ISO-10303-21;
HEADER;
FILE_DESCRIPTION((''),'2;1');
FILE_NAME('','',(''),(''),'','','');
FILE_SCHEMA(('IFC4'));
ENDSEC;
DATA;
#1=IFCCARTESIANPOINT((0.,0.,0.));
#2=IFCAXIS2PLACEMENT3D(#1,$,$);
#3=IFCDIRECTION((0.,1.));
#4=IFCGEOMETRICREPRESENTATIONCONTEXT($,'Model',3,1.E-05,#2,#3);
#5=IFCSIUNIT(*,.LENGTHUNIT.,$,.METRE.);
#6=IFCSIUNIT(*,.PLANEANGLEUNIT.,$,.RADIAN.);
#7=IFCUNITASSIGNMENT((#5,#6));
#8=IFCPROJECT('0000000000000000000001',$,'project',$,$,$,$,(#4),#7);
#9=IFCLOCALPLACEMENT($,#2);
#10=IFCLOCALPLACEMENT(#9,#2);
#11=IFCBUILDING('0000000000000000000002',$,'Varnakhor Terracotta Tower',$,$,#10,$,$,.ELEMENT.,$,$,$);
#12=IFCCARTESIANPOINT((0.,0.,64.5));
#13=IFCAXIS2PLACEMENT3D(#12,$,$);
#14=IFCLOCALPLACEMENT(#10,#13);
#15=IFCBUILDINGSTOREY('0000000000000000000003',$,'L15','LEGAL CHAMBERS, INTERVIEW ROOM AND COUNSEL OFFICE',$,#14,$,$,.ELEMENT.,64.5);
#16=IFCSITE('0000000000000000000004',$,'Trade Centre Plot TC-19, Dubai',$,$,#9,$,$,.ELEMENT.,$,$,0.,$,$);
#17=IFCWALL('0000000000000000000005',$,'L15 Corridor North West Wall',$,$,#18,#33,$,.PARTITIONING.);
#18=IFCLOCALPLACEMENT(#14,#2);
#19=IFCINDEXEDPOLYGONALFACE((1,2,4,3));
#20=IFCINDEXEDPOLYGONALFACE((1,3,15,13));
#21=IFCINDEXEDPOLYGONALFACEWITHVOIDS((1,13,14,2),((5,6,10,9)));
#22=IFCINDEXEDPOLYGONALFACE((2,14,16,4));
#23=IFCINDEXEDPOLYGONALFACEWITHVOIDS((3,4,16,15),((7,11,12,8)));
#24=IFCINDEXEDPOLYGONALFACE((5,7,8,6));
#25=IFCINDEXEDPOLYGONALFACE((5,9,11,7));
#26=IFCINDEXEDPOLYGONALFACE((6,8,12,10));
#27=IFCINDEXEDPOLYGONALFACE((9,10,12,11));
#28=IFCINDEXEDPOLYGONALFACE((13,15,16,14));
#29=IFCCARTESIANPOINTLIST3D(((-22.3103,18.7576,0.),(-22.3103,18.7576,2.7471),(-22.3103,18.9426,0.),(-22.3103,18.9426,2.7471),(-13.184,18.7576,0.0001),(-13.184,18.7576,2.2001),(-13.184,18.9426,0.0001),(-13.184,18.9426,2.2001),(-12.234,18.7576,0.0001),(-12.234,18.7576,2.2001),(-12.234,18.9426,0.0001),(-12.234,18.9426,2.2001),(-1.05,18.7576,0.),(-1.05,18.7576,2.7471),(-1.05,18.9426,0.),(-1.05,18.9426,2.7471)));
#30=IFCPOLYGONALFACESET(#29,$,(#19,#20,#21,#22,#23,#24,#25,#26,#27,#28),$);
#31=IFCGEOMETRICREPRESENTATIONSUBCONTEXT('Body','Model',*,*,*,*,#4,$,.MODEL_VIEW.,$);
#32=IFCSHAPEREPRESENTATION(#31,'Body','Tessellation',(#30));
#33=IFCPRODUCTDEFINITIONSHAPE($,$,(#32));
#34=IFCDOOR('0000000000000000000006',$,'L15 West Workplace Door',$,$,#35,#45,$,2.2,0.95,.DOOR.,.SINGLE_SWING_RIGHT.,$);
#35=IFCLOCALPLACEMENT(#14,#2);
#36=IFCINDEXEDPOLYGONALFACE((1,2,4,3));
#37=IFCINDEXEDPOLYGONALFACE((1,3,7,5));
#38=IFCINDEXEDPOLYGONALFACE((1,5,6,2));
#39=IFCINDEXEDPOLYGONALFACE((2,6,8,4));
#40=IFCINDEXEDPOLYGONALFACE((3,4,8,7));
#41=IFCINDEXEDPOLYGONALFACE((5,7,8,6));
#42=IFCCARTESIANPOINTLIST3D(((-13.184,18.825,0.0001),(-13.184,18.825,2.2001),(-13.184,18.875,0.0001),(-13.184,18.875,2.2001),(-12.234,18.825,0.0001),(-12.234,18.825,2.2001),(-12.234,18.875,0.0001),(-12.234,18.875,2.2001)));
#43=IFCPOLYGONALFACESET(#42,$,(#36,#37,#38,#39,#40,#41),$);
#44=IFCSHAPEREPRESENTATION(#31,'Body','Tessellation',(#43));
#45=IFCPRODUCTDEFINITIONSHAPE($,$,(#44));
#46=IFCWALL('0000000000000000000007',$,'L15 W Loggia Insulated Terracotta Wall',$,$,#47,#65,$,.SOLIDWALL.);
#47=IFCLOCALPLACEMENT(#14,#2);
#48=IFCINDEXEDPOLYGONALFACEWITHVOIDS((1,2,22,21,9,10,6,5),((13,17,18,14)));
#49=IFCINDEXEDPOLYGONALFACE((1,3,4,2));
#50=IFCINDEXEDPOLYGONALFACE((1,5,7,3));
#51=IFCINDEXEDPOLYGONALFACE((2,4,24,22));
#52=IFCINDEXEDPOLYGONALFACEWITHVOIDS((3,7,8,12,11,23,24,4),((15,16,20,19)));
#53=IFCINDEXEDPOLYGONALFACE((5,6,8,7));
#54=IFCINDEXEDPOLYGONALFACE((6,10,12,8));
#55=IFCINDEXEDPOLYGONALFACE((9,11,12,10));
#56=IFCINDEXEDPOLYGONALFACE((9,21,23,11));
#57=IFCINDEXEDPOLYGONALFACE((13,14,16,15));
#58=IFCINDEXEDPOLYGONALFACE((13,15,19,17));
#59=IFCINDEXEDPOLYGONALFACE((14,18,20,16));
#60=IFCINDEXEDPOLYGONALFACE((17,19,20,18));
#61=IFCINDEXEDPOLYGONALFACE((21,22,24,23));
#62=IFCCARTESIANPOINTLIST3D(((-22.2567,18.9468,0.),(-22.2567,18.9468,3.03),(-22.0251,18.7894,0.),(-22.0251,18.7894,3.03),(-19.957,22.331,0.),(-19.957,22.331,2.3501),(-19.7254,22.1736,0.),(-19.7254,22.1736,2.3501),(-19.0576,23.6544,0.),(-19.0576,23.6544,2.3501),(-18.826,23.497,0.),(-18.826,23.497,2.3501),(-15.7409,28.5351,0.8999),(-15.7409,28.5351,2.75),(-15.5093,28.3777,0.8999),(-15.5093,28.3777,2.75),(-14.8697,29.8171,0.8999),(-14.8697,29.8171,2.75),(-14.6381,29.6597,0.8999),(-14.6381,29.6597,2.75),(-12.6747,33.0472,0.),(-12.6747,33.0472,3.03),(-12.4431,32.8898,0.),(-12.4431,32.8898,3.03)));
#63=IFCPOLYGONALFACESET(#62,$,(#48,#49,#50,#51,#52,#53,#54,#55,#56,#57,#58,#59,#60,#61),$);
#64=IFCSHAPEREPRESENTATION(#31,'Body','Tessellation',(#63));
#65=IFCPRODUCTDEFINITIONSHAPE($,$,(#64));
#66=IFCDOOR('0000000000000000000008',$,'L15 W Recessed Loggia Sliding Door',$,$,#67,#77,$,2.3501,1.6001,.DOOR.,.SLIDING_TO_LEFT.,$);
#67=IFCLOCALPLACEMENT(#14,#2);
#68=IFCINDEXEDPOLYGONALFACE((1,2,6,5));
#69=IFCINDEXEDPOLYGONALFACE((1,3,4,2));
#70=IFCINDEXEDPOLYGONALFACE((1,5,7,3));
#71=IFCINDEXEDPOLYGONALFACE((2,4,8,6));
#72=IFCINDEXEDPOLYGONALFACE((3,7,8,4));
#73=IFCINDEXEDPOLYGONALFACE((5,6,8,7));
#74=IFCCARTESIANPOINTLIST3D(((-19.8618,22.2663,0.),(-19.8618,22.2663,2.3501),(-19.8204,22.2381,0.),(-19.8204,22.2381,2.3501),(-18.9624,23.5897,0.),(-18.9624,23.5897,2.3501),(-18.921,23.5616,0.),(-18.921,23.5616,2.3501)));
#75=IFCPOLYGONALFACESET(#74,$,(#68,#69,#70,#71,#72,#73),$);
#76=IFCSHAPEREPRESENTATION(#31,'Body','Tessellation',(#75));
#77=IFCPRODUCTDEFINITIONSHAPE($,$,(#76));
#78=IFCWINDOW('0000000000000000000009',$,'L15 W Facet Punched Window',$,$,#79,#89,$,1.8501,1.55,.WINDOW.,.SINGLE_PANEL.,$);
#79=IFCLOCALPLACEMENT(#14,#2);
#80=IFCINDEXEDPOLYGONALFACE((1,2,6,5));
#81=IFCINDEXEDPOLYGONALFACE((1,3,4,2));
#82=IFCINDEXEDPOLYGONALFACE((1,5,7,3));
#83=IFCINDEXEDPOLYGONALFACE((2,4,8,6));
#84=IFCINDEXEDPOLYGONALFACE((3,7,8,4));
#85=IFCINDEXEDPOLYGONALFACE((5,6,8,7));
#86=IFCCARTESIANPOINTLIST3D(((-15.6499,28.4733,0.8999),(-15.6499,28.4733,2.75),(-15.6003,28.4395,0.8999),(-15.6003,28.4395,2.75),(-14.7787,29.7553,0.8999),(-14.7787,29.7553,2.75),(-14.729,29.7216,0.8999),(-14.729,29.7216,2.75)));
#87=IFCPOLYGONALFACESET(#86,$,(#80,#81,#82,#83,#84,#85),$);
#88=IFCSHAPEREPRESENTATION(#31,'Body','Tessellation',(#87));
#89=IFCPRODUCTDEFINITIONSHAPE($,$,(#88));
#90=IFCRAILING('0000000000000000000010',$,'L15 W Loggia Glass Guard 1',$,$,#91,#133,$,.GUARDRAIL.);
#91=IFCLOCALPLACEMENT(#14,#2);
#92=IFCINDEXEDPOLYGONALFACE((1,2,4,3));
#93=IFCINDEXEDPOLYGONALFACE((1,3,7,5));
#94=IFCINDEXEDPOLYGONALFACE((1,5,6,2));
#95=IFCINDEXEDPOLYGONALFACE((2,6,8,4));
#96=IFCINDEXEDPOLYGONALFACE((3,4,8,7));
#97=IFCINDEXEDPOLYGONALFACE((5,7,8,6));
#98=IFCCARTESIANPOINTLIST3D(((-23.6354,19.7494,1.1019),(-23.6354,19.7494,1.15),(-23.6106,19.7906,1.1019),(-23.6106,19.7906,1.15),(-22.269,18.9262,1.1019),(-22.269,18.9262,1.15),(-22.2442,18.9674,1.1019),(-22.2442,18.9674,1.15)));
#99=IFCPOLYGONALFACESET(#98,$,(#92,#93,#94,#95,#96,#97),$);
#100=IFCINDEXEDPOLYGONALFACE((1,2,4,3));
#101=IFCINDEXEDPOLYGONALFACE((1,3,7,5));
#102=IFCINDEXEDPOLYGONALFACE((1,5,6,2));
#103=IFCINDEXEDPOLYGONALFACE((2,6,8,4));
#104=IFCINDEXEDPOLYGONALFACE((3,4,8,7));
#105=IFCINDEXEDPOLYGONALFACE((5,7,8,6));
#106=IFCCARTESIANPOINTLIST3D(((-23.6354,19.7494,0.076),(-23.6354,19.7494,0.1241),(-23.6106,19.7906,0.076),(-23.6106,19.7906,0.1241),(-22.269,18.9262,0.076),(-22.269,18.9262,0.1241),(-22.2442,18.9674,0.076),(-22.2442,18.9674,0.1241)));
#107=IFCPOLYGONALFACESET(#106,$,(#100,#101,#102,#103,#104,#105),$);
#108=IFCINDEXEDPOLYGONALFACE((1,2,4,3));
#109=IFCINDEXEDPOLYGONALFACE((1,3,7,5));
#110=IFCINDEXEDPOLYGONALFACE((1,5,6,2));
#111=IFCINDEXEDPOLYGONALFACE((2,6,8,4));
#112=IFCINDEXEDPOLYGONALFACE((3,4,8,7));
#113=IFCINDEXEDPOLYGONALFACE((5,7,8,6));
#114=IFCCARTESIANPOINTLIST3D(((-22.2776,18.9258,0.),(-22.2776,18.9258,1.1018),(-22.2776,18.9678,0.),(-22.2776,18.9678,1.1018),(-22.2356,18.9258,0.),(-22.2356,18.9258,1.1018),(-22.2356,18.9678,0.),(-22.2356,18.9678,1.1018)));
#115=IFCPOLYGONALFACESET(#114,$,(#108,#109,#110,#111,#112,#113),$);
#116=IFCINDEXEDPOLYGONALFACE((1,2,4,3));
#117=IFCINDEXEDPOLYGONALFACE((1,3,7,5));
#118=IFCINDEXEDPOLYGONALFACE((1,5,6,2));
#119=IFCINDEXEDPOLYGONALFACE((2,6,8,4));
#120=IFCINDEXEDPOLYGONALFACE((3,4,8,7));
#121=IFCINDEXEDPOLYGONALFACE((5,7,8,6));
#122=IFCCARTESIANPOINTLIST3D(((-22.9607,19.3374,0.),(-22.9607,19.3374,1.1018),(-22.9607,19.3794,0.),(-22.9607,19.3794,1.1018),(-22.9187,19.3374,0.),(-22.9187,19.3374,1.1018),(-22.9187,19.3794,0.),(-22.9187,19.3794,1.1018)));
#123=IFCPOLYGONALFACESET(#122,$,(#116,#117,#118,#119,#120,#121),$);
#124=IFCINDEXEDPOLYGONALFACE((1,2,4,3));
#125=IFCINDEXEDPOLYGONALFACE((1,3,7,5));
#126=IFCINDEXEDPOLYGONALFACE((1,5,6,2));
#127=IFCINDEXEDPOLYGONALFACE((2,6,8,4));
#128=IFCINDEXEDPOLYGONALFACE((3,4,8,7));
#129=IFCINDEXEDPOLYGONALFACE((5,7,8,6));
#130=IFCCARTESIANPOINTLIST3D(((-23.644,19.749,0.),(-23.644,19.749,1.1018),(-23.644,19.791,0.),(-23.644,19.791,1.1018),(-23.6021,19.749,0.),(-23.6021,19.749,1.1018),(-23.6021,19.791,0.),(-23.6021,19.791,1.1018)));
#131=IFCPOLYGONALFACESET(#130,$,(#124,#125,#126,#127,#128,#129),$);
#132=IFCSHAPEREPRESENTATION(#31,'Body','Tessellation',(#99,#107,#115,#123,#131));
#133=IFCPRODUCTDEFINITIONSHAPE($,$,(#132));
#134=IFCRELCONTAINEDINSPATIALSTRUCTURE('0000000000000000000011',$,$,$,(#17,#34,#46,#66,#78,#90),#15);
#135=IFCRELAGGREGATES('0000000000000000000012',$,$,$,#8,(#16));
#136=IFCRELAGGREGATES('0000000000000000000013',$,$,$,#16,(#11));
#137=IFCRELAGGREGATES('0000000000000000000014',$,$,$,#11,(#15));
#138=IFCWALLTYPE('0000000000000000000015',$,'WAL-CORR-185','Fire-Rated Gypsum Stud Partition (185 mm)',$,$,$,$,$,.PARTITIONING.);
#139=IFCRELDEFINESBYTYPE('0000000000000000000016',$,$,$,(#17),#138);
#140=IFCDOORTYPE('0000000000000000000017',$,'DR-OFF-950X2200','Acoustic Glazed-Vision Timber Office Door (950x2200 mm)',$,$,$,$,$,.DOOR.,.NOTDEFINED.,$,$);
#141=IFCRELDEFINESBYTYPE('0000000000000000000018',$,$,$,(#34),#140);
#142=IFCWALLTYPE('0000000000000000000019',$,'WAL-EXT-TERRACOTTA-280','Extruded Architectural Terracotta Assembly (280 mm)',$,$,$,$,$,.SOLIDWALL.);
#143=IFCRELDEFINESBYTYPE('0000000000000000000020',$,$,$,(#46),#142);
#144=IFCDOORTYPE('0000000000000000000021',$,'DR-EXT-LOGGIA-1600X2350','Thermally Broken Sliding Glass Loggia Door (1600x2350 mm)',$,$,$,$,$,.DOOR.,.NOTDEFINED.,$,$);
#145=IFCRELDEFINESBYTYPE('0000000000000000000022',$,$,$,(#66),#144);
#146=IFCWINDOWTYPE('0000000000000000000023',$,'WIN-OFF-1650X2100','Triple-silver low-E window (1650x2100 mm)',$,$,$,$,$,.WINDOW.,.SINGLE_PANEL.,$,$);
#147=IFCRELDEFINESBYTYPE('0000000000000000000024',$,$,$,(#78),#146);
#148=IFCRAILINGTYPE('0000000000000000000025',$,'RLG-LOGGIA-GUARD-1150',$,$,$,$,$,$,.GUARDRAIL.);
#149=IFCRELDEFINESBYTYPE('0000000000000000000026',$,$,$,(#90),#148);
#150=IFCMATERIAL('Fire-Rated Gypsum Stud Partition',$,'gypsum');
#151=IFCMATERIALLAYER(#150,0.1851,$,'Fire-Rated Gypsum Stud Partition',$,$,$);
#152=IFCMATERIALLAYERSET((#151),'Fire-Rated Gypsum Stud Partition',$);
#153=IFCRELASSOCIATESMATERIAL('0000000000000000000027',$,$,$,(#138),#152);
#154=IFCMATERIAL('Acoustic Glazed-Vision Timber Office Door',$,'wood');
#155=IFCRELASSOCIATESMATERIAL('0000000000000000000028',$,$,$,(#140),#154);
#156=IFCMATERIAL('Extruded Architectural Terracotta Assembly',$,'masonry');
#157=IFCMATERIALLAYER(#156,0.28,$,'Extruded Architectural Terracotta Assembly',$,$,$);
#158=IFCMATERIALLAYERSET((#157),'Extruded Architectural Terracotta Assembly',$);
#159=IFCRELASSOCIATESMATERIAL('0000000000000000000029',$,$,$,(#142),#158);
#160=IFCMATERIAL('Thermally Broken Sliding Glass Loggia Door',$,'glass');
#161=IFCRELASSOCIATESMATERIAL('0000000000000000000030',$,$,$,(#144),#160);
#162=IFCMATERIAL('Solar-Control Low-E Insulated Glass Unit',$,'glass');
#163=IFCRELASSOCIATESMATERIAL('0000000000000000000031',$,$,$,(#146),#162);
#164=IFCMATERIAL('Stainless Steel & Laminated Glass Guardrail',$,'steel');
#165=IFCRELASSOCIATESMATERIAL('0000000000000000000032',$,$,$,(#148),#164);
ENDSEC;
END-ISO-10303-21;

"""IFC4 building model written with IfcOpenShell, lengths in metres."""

from ifc_helpers import new_model, si_unit, direction, frame, frame_2d, origin, origin_2d, place, context, subcontext, project, spatial, rectangle, extrude, source, transform, mapped, material, layer, layer_set, type_object, type_shapes, element, fill, save


model = new_model("IFC4")

# Units and contexts
model_context = context("Model", 3, precision=1e-05, world=origin(), true_north=direction((0.0, 1.0)))
body_context = subcontext(model_context, "Body", "Model", "MODEL_VIEW")
ifc_project = project(units=[si_unit("LENGTHUNIT", "METRE"), si_unit("PLANEANGLEUNIT", "RADIAN")], contexts=[model_context])

# Site, building, storey
site_placement = place(None, origin())
site = spatial("IfcSite", under=ifc_project, at=site_placement, Name="Trade Centre Plot TC-19, Dubai", CompositionType="ELEMENT", RefElevation=0.0)
building_placement = place(site_placement, origin())
building = spatial("IfcBuilding", under=site, at=building_placement, Name="Varnakhor Terracotta Tower", CompositionType="ELEMENT")
storey_placement = place(building_placement, frame((0.0, 0.0, 64.5)))
storey = spatial("IfcBuildingStorey", under=building, at=storey_placement, Name="L15", Description="LEGAL CHAMBERS, INTERVIEW ROOM AND COUNSEL OFFICE", CompositionType="ELEMENT", Elevation=64.5)

# Wall, opening, door
ifc_material_1 = material(Name="Fire-Rated Gypsum Stud Partition", Category="gypsum")
ifc_layer_1 = layer(ifc_material_1, 0.1851, Name="Fire-Rated Gypsum Stud Partition")
ifc_layer_set_1 = layer_set([ifc_layer_1], Name="Fire-Rated Gypsum Stud Partition")
wall_type_1 = type_object("IfcWallType", Name="WAL-CORR-185", Description="Fire-Rated Gypsum Stud Partition (185 mm)", PredefinedType="PARTITIONING", material=ifc_layer_set_1)
ifc_material_2 = material(Name="Acoustic Glazed-Vision Timber Office Door", Category="wood")
door_type_1 = type_object("IfcDoorType", Name="DR-OFF-950X2200", Description="Acoustic Glazed-Vision Timber Office Door (950x2200 mm)", OperationType="NOTDEFINED", PredefinedType="DOOR", material=ifc_material_2)
shared_shape_1 = source(origin(), body_context, "Body", "SweptSolid", [
    extrude(rectangle(XDim=0.95, YDim=2.2, at=frame_2d((0.4751, 1.1001))), frame((0.0, 0.0249, 0.0), z_axis=(0.0, -1.0, 0.0), x_axis=(1.0, 0.0, 0.0)), (0.0, 0.0, 1.0), 0.05),
])
type_shapes(door_type_1, [shared_shape_1])
wall_1_placement = place(storey_placement, frame((-22.3103, 18.8501, 0.0), z_axis=(0.0, 0.0, 1.0), x_axis=(1.0, 0.0, 0.0)))
wall_1 = element("IfcWall", 1, at=wall_1_placement, inside=storey, type_object=wall_type_1, Name="L15 Corridor North West Wall", PredefinedType="PARTITIONING", context=body_context, shape_type="SweptSolid", body=[
    extrude(rectangle(XDim=21.2603, YDim=0.1851, at=frame_2d((10.6301, 0.0))), origin(), (0.0, 0.0, 1.0), 2.7471),
])
opening_1_placement = place(wall_1_placement, frame((9.1262, 0.0, 0.0)))
opening_1 = element("IfcOpeningElement", 2, at=opening_1_placement, cuts=wall_1, PredefinedType="OPENING", context=body_context, shape_type="SweptSolid", body=[
    extrude(rectangle(XDim=0.95, YDim=2.2, at=frame_2d((0.4751, 1.1001))), frame((0.0, 0.1025, 0.0), z_axis=(0.0, -1.0, 0.0), x_axis=(1.0, 0.0, 0.0)), (0.0, 0.0, 1.0), 0.2051),
])
door_1_placement = place(opening_1_placement, origin())
door_1 = element("IfcDoor", 3, at=door_1_placement, inside=storey, type_object=door_type_1, Name="L15 West Workplace Door", OperationType="SINGLE_SWING_RIGHT", OverallHeight=2.2, OverallWidth=0.95, PredefinedType="DOOR", context=body_context, shape_type="MappedRepresentation", body=[
    mapped(shared_shape_1, transform((0.0, 0.0, 0.0), scale=1.0)),
])
fill(opening_1, door_1)

# Wall, openings, door, window
ifc_material_3 = material(Name="Extruded Architectural Terracotta Assembly", Category="masonry")
ifc_layer_2 = layer(ifc_material_3, 0.28, Name="Extruded Architectural Terracotta Assembly")
ifc_layer_set_2 = layer_set([ifc_layer_2], Name="Extruded Architectural Terracotta Assembly")
wall_type_2 = type_object("IfcWallType", Name="WAL-EXT-TERRACOTTA-280", Description="Extruded Architectural Terracotta Assembly (280 mm)", PredefinedType="SOLIDWALL", material=ifc_layer_set_2)
wall_2_placement = place(storey_placement, frame((-22.1409, 18.8682, 0.0), z_axis=(0.0, 0.0, 1.0), x_axis=(0.562061, 0.827096, 0.0)))
wall_2 = element("IfcWall", 4, at=wall_2_placement, inside=storey, type_object=wall_type_2, Name="L15 W Loggia Insulated Terracotta Wall", PredefinedType="SOLIDWALL", context=body_context, shape_type="SweptSolid", body=[
    extrude(rectangle(XDim=17.0481, YDim=0.28, at=frame_2d((8.5239, 0.0))), origin(), (0.0, 0.0, 1.0), 3.03),
])
opening_2_placement = place(wall_2_placement, frame((4.0916, 0.0, 0.0)))
opening_2 = element("IfcOpeningElement", 5, at=opening_2_placement, cuts=wall_2, PredefinedType="OPENING", context=body_context, shape_type="SweptSolid", body=[
    extrude(rectangle(XDim=1.6001, YDim=2.3501, at=frame_2d((0.8, 1.175))), frame((0.0, 0.1499, 0.0), z_axis=(0.0, -1.0, 0.0), x_axis=(1.0, 0.0, 0.0)), (0.0, 0.0, 1.0), 0.3),
])
opening_3_placement = place(wall_2_placement, frame((11.5928, 0.0, 0.8999)))
opening_3 = element("IfcOpeningElement", 6, at=opening_3_placement, cuts=wall_2, PredefinedType="OPENING", context=body_context, shape_type="SweptSolid", body=[
    extrude(rectangle(XDim=1.55, YDim=1.8501, at=frame_2d((0.7749, 0.925))), frame((0.0, 0.1499, 0.0), z_axis=(0.0, -1.0, 0.0), x_axis=(1.0, 0.0, 0.0)), (0.0, 0.0, 1.0), 0.3),
])
ifc_material_4 = material(Name="Thermally Broken Sliding Glass Loggia Door", Category="glass")
door_type_2 = type_object("IfcDoorType", Name="DR-EXT-LOGGIA-1600X2350", Description="Thermally Broken Sliding Glass Loggia Door (1600x2350 mm)", OperationType="NOTDEFINED", PredefinedType="DOOR", material=ifc_material_4)
shared_shape_2 = source(origin(), body_context, "Body", "SweptSolid", [
    extrude(rectangle(XDim=1.6001, YDim=2.3501, at=frame_2d((0.8, 1.175))), frame((0.0, 0.0249, 0.0), z_axis=(0.0, -1.0, 0.0), x_axis=(1.0, 0.0, 0.0)), (0.0, 0.0, 1.0), 0.05),
])
type_shapes(door_type_2, [shared_shape_2])
door_2_placement = place(opening_2_placement, origin())
door_2 = element("IfcDoor", 7, at=door_2_placement, inside=storey, type_object=door_type_2, Name="L15 W Recessed Loggia Sliding Door", OperationType="SLIDING_TO_LEFT", OverallHeight=2.3501, OverallWidth=1.6001, PredefinedType="DOOR", context=body_context, shape_type="MappedRepresentation", body=[
    mapped(shared_shape_2, transform((0.0, 0.0, 0.0), scale=1.0)),
])
fill(opening_2, door_2)
ifc_material_5 = material(Name="Solar-Control Low-E Insulated Glass Unit", Category="glass")
window_type = type_object("IfcWindowType", Name="WIN-OFF-1650X2100", Description="Triple-silver low-E window (1650x2100 mm)", PartitioningType="SINGLE_PANEL", PredefinedType="WINDOW", material=ifc_material_5)
shared_shape_3 = source(origin(), body_context, "Body", "SweptSolid", [
    extrude(rectangle(XDim=1.55, YDim=1.8501, at=frame_2d((0.7749, 0.925))), frame((0.0, 0.03, 0.0), z_axis=(0.0, -1.0, 0.0), x_axis=(1.0, 0.0, 0.0)), (0.0, 0.0, 1.0), 0.0601),
])
type_shapes(window_type, [shared_shape_3])
window_placement = place(opening_3_placement, origin())
window = element("IfcWindow", 8, at=window_placement, inside=storey, type_object=window_type, Name="L15 W Facet Punched Window", OverallHeight=1.8501, OverallWidth=1.55, PartitioningType="SINGLE_PANEL", PredefinedType="WINDOW", context=body_context, shape_type="MappedRepresentation", body=[
    mapped(shared_shape_3, transform((0.0, 0.0, 0.0), scale=1.0)),
])
fill(opening_3, window)

# Railing
ifc_material_6 = material(Name="Stainless Steel & Laminated Glass Guardrail", Category="steel")
railing_type = type_object("IfcRailingType", Name="RLG-LOGGIA-GUARD-1150", PredefinedType="GUARDRAIL", material=ifc_material_6)
railing_1_placement = place(storey_placement, frame((-22.2566, 18.9468, 0.0)))
element("IfcRailing", 9, at=railing_1_placement, inside=storey, type_object=railing_type, Name="L15 W Loggia Glass Guard 1", PredefinedType="GUARDRAIL", context=body_context, shape_type="SweptSolid", body=[
    extrude(rectangle(XDim=0.0481, YDim=0.0481, at=origin_2d()), frame((0.0, 0.0, 1.126), z_axis=(-0.85656, 0.516048, 0.0), x_axis=(-0.516048, -0.85656, 0.0)), (0.0, 0.0, 1.0), 1.5952),
    extrude(rectangle(XDim=0.0481, YDim=0.0481, at=origin_2d()), frame((0.0, 0.0, 0.1001), z_axis=(-0.85656, 0.516048, 0.0), x_axis=(-0.516048, -0.85656, 0.0)), (0.0, 0.0, 1.0), 1.5952),
    extrude(rectangle(XDim=0.042, YDim=0.042, at=origin_2d()), origin(), (0.0, 0.0, 1.0), 1.1018),
    extrude(rectangle(XDim=0.042, YDim=0.042, at=origin_2d()), frame((-0.6831, 0.4116, 0.0)), (0.0, 0.0, 1.0), 1.1018),
    extrude(rectangle(XDim=0.042, YDim=0.042, at=origin_2d()), frame((-1.3665, 0.8232, 0.0)), (0.0, 0.0, 1.0), 1.1018),
])

save(model, "model.ifc")
